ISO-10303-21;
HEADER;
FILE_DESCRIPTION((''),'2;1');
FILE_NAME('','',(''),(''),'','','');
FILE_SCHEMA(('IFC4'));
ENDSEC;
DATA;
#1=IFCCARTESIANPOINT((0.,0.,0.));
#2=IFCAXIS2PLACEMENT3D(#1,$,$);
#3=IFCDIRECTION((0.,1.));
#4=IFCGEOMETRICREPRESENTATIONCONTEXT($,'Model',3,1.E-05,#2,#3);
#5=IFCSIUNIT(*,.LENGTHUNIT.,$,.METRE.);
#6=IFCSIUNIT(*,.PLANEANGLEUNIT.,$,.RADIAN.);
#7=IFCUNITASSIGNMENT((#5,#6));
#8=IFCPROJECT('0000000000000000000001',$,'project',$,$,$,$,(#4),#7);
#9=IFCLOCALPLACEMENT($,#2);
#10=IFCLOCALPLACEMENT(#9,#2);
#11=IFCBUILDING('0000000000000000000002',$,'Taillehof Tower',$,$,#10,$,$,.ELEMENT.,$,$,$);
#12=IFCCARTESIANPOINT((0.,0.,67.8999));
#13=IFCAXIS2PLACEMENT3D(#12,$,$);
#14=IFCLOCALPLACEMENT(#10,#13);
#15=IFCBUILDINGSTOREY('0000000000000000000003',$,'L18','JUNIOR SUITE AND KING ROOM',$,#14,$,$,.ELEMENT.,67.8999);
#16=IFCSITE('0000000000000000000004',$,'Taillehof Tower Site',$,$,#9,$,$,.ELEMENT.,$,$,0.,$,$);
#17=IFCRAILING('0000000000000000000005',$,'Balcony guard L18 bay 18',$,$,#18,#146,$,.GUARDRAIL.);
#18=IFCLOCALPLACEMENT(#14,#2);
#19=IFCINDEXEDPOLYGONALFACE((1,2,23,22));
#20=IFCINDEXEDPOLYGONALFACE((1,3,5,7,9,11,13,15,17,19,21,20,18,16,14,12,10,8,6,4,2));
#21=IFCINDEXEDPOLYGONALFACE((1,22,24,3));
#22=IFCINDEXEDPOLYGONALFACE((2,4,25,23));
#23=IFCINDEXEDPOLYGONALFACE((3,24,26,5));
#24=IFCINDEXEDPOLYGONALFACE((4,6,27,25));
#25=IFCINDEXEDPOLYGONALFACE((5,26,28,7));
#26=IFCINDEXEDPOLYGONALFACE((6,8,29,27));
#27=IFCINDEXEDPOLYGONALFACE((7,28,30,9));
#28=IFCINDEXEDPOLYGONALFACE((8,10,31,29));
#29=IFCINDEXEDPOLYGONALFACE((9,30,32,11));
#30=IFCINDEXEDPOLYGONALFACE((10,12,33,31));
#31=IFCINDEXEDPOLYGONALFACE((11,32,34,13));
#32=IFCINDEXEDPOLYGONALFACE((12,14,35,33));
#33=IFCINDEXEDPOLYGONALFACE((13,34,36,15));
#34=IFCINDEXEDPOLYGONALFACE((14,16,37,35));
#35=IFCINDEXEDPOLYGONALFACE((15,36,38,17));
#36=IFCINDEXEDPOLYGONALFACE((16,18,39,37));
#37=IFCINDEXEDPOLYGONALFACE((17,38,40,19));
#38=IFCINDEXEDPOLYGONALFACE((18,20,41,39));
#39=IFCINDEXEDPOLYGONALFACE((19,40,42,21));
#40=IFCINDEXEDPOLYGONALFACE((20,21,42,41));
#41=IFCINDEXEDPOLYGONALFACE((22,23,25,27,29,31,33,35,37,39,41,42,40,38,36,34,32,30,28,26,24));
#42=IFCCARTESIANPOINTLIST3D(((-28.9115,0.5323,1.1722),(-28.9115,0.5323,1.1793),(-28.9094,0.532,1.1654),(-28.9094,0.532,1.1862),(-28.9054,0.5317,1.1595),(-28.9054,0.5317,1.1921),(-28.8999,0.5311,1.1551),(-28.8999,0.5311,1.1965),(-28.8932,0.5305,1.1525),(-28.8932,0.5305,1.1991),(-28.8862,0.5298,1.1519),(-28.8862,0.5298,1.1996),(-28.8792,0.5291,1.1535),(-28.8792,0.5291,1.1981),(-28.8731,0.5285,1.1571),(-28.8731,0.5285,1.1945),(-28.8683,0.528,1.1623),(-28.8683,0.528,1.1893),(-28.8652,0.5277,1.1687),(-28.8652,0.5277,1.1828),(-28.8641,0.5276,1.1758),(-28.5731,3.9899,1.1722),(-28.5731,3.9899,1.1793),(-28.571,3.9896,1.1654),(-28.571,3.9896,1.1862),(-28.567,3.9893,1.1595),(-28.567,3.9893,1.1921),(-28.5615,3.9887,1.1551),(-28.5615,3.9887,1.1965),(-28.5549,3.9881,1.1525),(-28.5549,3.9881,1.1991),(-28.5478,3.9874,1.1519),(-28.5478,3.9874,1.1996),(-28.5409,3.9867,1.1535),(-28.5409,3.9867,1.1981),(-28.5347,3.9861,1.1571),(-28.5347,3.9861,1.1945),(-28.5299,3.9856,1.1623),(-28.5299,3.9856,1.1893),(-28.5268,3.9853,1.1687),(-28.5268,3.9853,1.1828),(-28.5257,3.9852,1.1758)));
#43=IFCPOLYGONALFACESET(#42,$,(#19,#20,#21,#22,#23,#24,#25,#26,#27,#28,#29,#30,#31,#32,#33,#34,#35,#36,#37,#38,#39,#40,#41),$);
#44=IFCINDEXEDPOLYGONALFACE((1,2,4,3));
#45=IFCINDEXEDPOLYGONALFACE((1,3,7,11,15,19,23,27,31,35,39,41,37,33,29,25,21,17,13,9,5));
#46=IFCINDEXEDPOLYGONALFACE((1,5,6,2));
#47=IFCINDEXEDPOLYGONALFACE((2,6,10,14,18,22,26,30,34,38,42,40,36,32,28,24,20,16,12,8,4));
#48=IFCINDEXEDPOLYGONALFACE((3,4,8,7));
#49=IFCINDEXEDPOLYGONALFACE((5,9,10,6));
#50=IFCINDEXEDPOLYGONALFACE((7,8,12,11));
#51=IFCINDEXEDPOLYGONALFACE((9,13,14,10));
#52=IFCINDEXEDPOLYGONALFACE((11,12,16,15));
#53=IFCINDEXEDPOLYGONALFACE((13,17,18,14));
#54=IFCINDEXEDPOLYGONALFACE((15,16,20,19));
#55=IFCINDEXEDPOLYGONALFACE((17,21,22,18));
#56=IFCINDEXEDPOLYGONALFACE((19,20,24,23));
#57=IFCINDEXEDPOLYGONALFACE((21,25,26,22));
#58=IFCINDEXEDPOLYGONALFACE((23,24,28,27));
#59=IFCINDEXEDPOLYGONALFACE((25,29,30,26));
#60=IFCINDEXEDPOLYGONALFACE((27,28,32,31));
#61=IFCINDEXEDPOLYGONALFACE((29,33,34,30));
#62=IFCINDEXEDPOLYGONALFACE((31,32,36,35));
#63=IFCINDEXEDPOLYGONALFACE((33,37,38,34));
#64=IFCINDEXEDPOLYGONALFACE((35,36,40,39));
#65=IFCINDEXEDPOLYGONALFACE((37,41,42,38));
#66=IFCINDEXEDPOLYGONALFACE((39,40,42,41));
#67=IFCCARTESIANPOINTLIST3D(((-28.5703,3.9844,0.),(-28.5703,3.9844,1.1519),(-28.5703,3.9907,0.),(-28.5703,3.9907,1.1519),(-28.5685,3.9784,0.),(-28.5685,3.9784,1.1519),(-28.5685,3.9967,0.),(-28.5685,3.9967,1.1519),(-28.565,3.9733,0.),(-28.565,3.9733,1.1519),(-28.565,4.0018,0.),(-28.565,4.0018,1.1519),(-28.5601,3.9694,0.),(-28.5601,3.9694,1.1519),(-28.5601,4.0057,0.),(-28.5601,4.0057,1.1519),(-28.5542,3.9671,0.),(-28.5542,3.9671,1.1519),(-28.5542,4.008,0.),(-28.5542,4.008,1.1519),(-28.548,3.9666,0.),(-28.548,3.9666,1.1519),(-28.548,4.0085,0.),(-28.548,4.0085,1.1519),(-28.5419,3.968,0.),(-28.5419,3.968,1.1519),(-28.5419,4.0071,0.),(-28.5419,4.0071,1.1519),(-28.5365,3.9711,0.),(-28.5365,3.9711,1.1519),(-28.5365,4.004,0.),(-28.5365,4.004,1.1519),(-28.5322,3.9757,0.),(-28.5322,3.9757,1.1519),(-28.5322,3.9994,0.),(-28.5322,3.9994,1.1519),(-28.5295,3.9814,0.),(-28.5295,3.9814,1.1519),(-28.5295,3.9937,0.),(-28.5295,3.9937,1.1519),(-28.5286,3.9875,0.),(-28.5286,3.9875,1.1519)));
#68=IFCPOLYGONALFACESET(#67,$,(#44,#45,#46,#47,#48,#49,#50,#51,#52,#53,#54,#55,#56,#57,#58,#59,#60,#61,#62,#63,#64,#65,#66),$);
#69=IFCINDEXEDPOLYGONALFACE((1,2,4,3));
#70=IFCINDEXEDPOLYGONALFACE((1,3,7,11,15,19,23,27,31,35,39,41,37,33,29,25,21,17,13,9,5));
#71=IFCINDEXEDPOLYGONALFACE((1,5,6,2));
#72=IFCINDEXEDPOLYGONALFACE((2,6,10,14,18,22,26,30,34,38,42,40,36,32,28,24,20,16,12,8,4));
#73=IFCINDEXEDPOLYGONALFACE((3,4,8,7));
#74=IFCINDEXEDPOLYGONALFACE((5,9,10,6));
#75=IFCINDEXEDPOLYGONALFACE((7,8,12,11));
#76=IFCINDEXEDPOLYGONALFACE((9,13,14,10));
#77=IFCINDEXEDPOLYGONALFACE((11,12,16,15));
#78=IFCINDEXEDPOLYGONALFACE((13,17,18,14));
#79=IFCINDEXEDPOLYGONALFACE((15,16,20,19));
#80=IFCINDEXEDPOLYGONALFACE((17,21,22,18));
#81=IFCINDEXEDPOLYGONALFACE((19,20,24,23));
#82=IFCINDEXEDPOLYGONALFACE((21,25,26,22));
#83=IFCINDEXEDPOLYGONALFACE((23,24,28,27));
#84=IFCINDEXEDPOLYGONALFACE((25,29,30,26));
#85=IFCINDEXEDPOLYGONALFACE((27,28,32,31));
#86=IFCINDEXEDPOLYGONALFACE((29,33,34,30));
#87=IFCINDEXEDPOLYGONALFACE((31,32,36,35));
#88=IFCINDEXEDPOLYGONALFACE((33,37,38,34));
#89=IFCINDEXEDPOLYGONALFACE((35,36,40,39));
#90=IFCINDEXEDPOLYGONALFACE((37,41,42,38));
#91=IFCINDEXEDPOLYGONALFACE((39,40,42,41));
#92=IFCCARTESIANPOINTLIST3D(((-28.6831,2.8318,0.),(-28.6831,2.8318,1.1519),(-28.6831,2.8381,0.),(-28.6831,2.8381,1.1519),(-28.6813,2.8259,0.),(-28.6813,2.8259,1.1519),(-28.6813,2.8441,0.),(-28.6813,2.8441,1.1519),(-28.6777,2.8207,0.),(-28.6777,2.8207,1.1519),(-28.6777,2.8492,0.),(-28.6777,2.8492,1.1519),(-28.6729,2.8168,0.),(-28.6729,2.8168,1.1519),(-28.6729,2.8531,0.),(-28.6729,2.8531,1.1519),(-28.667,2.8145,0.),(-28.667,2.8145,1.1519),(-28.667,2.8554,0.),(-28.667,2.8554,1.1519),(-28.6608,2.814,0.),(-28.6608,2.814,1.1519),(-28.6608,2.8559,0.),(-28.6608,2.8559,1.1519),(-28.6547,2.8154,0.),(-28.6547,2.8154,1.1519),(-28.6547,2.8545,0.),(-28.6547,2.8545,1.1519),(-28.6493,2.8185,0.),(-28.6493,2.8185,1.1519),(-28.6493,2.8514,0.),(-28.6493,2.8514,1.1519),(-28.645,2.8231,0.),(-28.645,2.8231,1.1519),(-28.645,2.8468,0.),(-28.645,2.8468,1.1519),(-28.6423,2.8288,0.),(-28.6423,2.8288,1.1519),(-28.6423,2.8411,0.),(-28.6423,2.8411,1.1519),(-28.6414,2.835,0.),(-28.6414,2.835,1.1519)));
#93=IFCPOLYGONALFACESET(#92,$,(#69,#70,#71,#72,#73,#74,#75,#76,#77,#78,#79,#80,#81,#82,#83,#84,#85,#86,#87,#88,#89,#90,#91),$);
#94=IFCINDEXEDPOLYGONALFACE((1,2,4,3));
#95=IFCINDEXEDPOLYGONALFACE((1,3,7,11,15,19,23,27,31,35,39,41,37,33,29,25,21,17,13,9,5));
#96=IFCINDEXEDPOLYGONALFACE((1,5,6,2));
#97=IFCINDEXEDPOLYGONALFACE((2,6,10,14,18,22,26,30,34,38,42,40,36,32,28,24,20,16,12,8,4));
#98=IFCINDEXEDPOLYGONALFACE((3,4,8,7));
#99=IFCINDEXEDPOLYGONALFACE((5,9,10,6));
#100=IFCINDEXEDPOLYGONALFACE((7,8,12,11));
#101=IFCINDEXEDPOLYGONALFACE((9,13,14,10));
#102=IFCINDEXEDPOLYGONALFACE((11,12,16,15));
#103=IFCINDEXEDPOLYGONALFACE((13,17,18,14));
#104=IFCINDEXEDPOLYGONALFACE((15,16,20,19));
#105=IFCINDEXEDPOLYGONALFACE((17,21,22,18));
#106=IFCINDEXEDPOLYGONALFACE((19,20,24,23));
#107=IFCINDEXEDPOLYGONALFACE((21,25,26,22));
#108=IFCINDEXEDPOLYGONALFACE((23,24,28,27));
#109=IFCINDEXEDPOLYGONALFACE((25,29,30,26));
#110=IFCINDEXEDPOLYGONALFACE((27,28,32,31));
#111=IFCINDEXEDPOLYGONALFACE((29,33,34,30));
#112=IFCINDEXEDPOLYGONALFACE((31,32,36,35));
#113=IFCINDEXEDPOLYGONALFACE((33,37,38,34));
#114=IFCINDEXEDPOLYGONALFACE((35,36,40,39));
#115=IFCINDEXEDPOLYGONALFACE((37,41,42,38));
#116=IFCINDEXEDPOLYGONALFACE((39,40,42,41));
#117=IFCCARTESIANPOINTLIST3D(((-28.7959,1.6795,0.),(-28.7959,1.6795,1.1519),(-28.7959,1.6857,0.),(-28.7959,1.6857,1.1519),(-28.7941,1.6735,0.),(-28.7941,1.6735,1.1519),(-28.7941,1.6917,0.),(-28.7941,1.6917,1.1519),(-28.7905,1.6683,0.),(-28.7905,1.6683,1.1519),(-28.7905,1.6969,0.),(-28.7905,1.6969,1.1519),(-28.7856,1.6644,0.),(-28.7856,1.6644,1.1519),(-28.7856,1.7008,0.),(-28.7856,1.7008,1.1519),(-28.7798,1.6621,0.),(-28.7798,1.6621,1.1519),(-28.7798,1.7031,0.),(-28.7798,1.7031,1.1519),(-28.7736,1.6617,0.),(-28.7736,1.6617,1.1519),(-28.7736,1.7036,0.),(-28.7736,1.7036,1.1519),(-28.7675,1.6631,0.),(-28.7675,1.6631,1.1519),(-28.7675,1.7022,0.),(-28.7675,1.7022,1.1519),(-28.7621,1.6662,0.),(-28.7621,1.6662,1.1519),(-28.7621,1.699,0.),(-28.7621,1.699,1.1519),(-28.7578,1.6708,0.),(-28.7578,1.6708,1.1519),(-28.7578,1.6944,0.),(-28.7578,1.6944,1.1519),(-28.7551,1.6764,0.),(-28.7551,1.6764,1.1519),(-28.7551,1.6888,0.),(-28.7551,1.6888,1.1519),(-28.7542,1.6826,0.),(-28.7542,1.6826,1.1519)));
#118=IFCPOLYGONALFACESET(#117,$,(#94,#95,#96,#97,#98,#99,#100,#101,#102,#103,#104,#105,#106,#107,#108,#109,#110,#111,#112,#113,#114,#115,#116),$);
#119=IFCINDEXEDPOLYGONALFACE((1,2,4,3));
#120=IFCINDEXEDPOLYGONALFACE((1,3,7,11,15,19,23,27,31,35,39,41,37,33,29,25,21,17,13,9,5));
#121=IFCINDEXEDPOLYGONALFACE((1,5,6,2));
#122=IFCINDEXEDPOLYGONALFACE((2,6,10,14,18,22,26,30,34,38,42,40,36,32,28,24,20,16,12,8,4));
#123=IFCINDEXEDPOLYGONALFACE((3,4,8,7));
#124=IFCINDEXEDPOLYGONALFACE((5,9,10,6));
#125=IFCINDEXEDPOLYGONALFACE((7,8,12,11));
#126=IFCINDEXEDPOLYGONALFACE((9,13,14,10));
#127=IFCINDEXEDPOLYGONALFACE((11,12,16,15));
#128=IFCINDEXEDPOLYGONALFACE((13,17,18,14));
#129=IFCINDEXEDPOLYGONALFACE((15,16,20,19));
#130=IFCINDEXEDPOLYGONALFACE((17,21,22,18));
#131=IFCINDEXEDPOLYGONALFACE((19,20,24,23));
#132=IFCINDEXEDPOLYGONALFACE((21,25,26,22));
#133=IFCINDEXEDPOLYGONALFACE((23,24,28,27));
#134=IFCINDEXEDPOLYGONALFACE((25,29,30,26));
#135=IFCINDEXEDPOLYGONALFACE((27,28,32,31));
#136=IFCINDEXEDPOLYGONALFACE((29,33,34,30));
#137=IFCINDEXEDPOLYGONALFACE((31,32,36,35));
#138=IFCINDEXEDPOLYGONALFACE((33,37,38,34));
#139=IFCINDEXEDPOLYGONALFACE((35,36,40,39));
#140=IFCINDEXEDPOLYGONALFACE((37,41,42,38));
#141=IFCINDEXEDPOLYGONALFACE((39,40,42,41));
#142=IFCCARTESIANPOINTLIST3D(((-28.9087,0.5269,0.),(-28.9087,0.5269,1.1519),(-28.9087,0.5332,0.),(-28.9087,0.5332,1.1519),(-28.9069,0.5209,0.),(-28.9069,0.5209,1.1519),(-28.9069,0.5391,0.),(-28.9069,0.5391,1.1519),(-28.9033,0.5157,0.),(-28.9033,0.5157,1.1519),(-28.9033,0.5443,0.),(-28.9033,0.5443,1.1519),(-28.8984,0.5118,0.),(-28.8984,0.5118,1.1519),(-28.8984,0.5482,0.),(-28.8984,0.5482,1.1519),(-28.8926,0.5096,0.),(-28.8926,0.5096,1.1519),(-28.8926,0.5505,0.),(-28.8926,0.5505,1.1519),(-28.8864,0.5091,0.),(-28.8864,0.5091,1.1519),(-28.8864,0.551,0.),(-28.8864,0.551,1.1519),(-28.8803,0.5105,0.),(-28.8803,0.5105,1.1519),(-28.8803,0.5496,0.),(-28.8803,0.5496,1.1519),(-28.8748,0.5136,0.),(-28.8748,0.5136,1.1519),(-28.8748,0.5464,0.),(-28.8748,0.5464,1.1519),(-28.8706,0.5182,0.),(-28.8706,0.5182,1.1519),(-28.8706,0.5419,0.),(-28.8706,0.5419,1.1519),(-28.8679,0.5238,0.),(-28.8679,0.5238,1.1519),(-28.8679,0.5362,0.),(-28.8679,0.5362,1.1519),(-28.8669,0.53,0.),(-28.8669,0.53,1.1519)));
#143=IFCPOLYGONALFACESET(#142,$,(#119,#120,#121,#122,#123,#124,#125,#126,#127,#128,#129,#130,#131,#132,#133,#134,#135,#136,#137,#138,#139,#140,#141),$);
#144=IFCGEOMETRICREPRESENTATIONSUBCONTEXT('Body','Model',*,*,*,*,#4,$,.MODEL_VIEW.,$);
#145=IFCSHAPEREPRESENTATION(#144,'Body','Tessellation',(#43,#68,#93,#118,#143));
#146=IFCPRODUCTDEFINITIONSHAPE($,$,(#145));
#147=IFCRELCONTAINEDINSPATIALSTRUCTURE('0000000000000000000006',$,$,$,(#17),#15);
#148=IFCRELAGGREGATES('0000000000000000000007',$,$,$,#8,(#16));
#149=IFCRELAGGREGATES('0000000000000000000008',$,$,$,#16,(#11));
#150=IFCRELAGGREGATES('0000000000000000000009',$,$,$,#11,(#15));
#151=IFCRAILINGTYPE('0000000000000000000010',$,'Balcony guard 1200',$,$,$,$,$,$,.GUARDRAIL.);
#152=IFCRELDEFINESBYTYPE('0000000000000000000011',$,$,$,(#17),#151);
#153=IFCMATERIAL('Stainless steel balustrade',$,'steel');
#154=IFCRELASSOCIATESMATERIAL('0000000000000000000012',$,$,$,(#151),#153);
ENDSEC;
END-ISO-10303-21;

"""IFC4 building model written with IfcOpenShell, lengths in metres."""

from ifc_helpers import new_model, si_unit, direction, frame, origin, origin_2d, place, context, subcontext, project, spatial, circle, extrude, material, type_object, element, save


model = new_model("IFC4")

# Units and contexts
model_context = context("Model", 3, precision=1e-05, world=origin(), true_north=direction((0.0, 1.0)))
body_context = subcontext(model_context, "Body", "Model", "MODEL_VIEW")
ifc_project = project(units=[si_unit("LENGTHUNIT", "METRE"), si_unit("PLANEANGLEUNIT", "RADIAN")], contexts=[model_context])

# Site, building, storey
site_placement = place(None, origin())
site = spatial("IfcSite", under=ifc_project, at=site_placement, Name="Taillehof Tower Site", CompositionType="ELEMENT", RefElevation=0.0)
building_placement = place(site_placement, origin())
building = spatial("IfcBuilding", under=site, at=building_placement, Name="Taillehof Tower", CompositionType="ELEMENT")
storey_placement = place(building_placement, frame((0.0, 0.0, 67.8999)))
storey = spatial("IfcBuildingStorey", under=building, at=storey_placement, Name="L18", Description="JUNIOR SUITE AND KING ROOM", CompositionType="ELEMENT", Elevation=67.8999)

# Railing
ifc_material_1 = material(Name="Stainless steel balustrade", Category="steel")
railing_type = type_object("IfcRailingType", Name="Balcony guard 1200", PredefinedType="GUARDRAIL", material=ifc_material_1)
railing_placement = place(storey_placement, frame((-28.5496, 3.9875, 0.0)))
element("IfcRailing", 1, at=railing_placement, inside=storey, type_object=railing_type, Name="Balcony guard L18 bay 18", PredefinedType="GUARDRAIL", context=body_context, shape_type="SweptSolid", body=[
    extrude(circle(Radius=0.0239, at=origin_2d()), frame((0.0, 0.0, 1.1758), z_axis=(-0.097402, -0.995245, 0.0), x_axis=(0.995245, -0.097402, 0.0)), (0.0, 0.0, 1.0), 3.4741),
    extrude(circle(Radius=0.021, at=origin_2d()), origin(), (0.0, 0.0, 1.0), 1.1519),
    extrude(circle(Radius=0.021, at=origin_2d()), frame((-0.1128, -1.1526, 0.0)), (0.0, 0.0, 1.0), 1.1519),
    extrude(circle(Radius=0.021, at=origin_2d()), frame((-0.2256, -2.3049, 0.0)), (0.0, 0.0, 1.0), 1.1519),
    extrude(circle(Radius=0.021, at=origin_2d()), frame((-0.3384, -3.4575, 0.0)), (0.0, 0.0, 1.0), 1.1519),
])

save(model, "model.ifc")
